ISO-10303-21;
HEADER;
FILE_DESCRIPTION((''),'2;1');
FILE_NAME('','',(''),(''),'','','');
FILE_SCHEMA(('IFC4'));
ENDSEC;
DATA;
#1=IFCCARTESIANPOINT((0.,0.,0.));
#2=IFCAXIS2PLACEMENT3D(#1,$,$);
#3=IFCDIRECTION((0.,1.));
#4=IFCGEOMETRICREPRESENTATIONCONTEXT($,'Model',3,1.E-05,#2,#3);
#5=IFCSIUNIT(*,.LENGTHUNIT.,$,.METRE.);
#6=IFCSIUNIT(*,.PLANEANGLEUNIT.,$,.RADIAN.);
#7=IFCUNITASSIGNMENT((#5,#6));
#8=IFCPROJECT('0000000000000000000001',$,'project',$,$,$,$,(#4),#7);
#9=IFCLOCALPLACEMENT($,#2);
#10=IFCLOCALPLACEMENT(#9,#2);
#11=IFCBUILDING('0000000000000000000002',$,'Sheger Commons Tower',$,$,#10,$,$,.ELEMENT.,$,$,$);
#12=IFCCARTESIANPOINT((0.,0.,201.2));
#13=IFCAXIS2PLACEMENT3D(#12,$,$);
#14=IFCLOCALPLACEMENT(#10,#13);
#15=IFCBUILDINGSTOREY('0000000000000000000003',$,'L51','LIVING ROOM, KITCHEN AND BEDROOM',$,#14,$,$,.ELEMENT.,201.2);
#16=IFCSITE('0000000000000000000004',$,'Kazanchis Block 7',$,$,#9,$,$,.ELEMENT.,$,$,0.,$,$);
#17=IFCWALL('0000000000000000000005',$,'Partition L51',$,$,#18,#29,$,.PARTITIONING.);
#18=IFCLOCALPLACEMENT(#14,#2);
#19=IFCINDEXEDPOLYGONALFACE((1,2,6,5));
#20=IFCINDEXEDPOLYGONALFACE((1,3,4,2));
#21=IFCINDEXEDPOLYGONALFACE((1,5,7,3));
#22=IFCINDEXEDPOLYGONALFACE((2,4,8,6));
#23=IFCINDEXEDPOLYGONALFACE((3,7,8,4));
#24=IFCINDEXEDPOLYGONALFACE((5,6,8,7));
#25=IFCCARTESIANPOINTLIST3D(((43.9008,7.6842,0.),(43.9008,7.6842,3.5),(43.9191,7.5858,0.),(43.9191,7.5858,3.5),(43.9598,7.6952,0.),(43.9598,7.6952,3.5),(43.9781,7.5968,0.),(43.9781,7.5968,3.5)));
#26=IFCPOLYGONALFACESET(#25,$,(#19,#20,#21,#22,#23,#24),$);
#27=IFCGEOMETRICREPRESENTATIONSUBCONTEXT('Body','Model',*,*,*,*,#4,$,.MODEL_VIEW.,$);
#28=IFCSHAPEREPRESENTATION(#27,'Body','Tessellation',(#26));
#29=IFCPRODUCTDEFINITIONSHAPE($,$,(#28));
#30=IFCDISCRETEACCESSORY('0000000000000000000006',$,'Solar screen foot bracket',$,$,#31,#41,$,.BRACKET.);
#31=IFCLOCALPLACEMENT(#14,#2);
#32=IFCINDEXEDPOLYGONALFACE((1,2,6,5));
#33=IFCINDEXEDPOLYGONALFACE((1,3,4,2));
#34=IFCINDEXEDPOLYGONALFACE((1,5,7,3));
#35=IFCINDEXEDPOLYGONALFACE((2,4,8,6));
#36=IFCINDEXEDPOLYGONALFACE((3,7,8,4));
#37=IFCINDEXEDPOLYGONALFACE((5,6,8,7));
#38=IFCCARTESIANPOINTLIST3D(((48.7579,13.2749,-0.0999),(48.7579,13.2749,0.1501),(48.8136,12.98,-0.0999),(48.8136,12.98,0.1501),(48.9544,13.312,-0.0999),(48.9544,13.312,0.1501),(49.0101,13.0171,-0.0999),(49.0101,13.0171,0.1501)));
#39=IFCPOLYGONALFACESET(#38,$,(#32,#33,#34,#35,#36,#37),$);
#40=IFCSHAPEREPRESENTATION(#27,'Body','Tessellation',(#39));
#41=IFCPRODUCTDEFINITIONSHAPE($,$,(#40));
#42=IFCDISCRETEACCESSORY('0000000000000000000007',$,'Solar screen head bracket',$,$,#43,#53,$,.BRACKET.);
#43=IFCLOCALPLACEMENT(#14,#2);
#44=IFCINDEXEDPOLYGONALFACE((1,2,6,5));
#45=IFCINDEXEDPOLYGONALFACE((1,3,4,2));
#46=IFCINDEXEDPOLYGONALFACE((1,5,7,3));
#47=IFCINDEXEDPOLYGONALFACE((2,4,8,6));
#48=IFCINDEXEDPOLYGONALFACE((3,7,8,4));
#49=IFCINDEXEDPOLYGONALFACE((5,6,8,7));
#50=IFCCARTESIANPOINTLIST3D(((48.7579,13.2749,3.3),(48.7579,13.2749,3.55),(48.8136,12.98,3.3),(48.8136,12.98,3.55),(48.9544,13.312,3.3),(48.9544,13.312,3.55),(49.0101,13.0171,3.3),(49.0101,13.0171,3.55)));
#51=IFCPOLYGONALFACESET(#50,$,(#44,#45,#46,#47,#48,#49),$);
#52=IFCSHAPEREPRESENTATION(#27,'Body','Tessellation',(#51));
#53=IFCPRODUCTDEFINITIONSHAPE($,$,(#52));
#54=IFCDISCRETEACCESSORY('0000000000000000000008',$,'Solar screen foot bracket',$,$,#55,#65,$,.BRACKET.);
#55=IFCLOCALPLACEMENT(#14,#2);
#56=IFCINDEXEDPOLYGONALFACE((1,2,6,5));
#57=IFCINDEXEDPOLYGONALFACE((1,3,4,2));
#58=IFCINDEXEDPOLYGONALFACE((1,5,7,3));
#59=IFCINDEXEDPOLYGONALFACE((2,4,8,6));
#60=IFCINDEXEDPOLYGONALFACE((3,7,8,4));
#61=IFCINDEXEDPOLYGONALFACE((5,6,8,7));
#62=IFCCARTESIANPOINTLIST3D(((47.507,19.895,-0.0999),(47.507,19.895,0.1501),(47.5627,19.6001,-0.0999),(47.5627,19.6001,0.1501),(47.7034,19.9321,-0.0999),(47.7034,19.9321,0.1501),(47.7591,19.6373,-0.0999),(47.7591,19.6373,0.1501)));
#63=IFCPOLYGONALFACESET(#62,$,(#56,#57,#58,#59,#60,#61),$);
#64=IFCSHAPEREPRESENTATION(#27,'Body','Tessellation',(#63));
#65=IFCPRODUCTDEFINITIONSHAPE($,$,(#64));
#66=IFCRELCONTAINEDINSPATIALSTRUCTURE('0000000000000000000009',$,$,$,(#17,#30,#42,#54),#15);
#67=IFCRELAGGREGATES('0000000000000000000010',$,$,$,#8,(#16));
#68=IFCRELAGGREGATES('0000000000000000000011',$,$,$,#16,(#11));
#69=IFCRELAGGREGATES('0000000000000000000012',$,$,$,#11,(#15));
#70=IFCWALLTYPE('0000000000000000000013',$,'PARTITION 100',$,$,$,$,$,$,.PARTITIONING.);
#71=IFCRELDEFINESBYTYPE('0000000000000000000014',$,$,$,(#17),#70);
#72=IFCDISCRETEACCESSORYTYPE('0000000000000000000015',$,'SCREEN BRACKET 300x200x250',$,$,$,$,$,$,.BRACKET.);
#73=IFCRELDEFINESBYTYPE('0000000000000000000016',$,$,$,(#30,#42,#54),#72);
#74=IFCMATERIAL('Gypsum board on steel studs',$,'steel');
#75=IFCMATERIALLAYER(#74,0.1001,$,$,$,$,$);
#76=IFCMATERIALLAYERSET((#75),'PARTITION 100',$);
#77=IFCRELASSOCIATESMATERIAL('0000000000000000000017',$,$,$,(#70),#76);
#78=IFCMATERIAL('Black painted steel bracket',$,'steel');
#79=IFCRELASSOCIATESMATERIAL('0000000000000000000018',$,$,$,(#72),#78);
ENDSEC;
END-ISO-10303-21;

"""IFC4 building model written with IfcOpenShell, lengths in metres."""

from ifc_helpers import new_model, si_unit, direction, frame, frame_2d, origin, origin_2d, place, context, subcontext, project, spatial, rectangle, extrude, material, layer, layer_set, type_object, element, save


model = new_model("IFC4")

# Units and contexts
model_context = context("Model", 3, precision=1e-05, world=origin(), true_north=direction((0.0, 1.0)))
body_context = subcontext(model_context, "Body", "Model", "MODEL_VIEW")
ifc_project = project(units=[si_unit("LENGTHUNIT", "METRE"), si_unit("PLANEANGLEUNIT", "RADIAN")], contexts=[model_context])

# Site, building, storey
site_placement = place(None, origin())
site = spatial("IfcSite", under=ifc_project, at=site_placement, Name="Kazanchis Block 7", CompositionType="ELEMENT", RefElevation=0.0)
building_placement = place(site_placement, origin())
building = spatial("IfcBuilding", under=site, at=building_placement, Name="Sheger Commons Tower", CompositionType="ELEMENT")
storey_placement = place(building_placement, frame((0.0, 0.0, 201.2)))
storey = spatial("IfcBuildingStorey", under=building, at=storey_placement, Name="L51", Description="LIVING ROOM, KITCHEN AND BEDROOM", CompositionType="ELEMENT", Elevation=201.2)

# Shared definitions
ifc_material_1 = material(Name="Gypsum board on steel studs", Category="steel")
ifc_layer_1 = layer(ifc_material_1, 0.1001)
ifc_layer_set_1 = layer_set([ifc_layer_1], Name="PARTITION 100")
wall_type_1 = type_object("IfcWallType", Name="PARTITION 100", PredefinedType="PARTITIONING", material=ifc_layer_set_1)

# Wall
wall_1_placement = place(storey_placement, frame((43.969, 7.646, 0.0), z_axis=(0.0, 0.0, 1.0), x_axis=(-0.983147, -0.182817, 0.0)))
element("IfcWall", 1, at=wall_1_placement, inside=storey, type_object=wall_type_1, Name="Partition L51", PredefinedType="PARTITIONING", context=body_context, shape_type="SweptSolid", body=[
    extrude(rectangle(XDim=0.0601, YDim=0.1001, at=frame_2d((0.03, 0.0))), origin(), (0.0, 0.0, 1.0), 3.5),
])

# Discrete accessories
ifc_material_2 = material(Name="Black painted steel bracket", Category="steel")
discrete_accessory_type = type_object("IfcDiscreteAccessoryType", Name="SCREEN BRACKET 300x200x250", PredefinedType="BRACKET", material=ifc_material_2)
for number, where, z_axis, x_axis, name in (
    (2, (48.884, 13.146, -0.0999), (0.0, 0.0, 1.0), (-0.185615, 0.982623, 0.0), "Solar screen foot bracket"),
    (3, (48.884, 13.146, 3.3), (0.0, 0.0, 1.0), (-0.185615, 0.982623, 0.0), "Solar screen head bracket"),
    (4, (47.6331, 19.7661, -0.0999), (0.0, 0.0, 1.0), (-0.185615, 0.982623, 0.0), "Solar screen foot bracket"),
):
    element("IfcDiscreteAccessory", number, at=place(storey_placement, frame(where, z_axis=z_axis, x_axis=x_axis)), inside=storey, type_object=discrete_accessory_type, Name=name, PredefinedType="BRACKET", context=body_context, shape_type="SweptSolid", body=[
        extrude(rectangle(XDim=0.3, YDim=0.2, at=origin_2d()), origin(), (0.0, 0.0, 1.0), 0.25),
    ])

save(model, "model.ifc")
